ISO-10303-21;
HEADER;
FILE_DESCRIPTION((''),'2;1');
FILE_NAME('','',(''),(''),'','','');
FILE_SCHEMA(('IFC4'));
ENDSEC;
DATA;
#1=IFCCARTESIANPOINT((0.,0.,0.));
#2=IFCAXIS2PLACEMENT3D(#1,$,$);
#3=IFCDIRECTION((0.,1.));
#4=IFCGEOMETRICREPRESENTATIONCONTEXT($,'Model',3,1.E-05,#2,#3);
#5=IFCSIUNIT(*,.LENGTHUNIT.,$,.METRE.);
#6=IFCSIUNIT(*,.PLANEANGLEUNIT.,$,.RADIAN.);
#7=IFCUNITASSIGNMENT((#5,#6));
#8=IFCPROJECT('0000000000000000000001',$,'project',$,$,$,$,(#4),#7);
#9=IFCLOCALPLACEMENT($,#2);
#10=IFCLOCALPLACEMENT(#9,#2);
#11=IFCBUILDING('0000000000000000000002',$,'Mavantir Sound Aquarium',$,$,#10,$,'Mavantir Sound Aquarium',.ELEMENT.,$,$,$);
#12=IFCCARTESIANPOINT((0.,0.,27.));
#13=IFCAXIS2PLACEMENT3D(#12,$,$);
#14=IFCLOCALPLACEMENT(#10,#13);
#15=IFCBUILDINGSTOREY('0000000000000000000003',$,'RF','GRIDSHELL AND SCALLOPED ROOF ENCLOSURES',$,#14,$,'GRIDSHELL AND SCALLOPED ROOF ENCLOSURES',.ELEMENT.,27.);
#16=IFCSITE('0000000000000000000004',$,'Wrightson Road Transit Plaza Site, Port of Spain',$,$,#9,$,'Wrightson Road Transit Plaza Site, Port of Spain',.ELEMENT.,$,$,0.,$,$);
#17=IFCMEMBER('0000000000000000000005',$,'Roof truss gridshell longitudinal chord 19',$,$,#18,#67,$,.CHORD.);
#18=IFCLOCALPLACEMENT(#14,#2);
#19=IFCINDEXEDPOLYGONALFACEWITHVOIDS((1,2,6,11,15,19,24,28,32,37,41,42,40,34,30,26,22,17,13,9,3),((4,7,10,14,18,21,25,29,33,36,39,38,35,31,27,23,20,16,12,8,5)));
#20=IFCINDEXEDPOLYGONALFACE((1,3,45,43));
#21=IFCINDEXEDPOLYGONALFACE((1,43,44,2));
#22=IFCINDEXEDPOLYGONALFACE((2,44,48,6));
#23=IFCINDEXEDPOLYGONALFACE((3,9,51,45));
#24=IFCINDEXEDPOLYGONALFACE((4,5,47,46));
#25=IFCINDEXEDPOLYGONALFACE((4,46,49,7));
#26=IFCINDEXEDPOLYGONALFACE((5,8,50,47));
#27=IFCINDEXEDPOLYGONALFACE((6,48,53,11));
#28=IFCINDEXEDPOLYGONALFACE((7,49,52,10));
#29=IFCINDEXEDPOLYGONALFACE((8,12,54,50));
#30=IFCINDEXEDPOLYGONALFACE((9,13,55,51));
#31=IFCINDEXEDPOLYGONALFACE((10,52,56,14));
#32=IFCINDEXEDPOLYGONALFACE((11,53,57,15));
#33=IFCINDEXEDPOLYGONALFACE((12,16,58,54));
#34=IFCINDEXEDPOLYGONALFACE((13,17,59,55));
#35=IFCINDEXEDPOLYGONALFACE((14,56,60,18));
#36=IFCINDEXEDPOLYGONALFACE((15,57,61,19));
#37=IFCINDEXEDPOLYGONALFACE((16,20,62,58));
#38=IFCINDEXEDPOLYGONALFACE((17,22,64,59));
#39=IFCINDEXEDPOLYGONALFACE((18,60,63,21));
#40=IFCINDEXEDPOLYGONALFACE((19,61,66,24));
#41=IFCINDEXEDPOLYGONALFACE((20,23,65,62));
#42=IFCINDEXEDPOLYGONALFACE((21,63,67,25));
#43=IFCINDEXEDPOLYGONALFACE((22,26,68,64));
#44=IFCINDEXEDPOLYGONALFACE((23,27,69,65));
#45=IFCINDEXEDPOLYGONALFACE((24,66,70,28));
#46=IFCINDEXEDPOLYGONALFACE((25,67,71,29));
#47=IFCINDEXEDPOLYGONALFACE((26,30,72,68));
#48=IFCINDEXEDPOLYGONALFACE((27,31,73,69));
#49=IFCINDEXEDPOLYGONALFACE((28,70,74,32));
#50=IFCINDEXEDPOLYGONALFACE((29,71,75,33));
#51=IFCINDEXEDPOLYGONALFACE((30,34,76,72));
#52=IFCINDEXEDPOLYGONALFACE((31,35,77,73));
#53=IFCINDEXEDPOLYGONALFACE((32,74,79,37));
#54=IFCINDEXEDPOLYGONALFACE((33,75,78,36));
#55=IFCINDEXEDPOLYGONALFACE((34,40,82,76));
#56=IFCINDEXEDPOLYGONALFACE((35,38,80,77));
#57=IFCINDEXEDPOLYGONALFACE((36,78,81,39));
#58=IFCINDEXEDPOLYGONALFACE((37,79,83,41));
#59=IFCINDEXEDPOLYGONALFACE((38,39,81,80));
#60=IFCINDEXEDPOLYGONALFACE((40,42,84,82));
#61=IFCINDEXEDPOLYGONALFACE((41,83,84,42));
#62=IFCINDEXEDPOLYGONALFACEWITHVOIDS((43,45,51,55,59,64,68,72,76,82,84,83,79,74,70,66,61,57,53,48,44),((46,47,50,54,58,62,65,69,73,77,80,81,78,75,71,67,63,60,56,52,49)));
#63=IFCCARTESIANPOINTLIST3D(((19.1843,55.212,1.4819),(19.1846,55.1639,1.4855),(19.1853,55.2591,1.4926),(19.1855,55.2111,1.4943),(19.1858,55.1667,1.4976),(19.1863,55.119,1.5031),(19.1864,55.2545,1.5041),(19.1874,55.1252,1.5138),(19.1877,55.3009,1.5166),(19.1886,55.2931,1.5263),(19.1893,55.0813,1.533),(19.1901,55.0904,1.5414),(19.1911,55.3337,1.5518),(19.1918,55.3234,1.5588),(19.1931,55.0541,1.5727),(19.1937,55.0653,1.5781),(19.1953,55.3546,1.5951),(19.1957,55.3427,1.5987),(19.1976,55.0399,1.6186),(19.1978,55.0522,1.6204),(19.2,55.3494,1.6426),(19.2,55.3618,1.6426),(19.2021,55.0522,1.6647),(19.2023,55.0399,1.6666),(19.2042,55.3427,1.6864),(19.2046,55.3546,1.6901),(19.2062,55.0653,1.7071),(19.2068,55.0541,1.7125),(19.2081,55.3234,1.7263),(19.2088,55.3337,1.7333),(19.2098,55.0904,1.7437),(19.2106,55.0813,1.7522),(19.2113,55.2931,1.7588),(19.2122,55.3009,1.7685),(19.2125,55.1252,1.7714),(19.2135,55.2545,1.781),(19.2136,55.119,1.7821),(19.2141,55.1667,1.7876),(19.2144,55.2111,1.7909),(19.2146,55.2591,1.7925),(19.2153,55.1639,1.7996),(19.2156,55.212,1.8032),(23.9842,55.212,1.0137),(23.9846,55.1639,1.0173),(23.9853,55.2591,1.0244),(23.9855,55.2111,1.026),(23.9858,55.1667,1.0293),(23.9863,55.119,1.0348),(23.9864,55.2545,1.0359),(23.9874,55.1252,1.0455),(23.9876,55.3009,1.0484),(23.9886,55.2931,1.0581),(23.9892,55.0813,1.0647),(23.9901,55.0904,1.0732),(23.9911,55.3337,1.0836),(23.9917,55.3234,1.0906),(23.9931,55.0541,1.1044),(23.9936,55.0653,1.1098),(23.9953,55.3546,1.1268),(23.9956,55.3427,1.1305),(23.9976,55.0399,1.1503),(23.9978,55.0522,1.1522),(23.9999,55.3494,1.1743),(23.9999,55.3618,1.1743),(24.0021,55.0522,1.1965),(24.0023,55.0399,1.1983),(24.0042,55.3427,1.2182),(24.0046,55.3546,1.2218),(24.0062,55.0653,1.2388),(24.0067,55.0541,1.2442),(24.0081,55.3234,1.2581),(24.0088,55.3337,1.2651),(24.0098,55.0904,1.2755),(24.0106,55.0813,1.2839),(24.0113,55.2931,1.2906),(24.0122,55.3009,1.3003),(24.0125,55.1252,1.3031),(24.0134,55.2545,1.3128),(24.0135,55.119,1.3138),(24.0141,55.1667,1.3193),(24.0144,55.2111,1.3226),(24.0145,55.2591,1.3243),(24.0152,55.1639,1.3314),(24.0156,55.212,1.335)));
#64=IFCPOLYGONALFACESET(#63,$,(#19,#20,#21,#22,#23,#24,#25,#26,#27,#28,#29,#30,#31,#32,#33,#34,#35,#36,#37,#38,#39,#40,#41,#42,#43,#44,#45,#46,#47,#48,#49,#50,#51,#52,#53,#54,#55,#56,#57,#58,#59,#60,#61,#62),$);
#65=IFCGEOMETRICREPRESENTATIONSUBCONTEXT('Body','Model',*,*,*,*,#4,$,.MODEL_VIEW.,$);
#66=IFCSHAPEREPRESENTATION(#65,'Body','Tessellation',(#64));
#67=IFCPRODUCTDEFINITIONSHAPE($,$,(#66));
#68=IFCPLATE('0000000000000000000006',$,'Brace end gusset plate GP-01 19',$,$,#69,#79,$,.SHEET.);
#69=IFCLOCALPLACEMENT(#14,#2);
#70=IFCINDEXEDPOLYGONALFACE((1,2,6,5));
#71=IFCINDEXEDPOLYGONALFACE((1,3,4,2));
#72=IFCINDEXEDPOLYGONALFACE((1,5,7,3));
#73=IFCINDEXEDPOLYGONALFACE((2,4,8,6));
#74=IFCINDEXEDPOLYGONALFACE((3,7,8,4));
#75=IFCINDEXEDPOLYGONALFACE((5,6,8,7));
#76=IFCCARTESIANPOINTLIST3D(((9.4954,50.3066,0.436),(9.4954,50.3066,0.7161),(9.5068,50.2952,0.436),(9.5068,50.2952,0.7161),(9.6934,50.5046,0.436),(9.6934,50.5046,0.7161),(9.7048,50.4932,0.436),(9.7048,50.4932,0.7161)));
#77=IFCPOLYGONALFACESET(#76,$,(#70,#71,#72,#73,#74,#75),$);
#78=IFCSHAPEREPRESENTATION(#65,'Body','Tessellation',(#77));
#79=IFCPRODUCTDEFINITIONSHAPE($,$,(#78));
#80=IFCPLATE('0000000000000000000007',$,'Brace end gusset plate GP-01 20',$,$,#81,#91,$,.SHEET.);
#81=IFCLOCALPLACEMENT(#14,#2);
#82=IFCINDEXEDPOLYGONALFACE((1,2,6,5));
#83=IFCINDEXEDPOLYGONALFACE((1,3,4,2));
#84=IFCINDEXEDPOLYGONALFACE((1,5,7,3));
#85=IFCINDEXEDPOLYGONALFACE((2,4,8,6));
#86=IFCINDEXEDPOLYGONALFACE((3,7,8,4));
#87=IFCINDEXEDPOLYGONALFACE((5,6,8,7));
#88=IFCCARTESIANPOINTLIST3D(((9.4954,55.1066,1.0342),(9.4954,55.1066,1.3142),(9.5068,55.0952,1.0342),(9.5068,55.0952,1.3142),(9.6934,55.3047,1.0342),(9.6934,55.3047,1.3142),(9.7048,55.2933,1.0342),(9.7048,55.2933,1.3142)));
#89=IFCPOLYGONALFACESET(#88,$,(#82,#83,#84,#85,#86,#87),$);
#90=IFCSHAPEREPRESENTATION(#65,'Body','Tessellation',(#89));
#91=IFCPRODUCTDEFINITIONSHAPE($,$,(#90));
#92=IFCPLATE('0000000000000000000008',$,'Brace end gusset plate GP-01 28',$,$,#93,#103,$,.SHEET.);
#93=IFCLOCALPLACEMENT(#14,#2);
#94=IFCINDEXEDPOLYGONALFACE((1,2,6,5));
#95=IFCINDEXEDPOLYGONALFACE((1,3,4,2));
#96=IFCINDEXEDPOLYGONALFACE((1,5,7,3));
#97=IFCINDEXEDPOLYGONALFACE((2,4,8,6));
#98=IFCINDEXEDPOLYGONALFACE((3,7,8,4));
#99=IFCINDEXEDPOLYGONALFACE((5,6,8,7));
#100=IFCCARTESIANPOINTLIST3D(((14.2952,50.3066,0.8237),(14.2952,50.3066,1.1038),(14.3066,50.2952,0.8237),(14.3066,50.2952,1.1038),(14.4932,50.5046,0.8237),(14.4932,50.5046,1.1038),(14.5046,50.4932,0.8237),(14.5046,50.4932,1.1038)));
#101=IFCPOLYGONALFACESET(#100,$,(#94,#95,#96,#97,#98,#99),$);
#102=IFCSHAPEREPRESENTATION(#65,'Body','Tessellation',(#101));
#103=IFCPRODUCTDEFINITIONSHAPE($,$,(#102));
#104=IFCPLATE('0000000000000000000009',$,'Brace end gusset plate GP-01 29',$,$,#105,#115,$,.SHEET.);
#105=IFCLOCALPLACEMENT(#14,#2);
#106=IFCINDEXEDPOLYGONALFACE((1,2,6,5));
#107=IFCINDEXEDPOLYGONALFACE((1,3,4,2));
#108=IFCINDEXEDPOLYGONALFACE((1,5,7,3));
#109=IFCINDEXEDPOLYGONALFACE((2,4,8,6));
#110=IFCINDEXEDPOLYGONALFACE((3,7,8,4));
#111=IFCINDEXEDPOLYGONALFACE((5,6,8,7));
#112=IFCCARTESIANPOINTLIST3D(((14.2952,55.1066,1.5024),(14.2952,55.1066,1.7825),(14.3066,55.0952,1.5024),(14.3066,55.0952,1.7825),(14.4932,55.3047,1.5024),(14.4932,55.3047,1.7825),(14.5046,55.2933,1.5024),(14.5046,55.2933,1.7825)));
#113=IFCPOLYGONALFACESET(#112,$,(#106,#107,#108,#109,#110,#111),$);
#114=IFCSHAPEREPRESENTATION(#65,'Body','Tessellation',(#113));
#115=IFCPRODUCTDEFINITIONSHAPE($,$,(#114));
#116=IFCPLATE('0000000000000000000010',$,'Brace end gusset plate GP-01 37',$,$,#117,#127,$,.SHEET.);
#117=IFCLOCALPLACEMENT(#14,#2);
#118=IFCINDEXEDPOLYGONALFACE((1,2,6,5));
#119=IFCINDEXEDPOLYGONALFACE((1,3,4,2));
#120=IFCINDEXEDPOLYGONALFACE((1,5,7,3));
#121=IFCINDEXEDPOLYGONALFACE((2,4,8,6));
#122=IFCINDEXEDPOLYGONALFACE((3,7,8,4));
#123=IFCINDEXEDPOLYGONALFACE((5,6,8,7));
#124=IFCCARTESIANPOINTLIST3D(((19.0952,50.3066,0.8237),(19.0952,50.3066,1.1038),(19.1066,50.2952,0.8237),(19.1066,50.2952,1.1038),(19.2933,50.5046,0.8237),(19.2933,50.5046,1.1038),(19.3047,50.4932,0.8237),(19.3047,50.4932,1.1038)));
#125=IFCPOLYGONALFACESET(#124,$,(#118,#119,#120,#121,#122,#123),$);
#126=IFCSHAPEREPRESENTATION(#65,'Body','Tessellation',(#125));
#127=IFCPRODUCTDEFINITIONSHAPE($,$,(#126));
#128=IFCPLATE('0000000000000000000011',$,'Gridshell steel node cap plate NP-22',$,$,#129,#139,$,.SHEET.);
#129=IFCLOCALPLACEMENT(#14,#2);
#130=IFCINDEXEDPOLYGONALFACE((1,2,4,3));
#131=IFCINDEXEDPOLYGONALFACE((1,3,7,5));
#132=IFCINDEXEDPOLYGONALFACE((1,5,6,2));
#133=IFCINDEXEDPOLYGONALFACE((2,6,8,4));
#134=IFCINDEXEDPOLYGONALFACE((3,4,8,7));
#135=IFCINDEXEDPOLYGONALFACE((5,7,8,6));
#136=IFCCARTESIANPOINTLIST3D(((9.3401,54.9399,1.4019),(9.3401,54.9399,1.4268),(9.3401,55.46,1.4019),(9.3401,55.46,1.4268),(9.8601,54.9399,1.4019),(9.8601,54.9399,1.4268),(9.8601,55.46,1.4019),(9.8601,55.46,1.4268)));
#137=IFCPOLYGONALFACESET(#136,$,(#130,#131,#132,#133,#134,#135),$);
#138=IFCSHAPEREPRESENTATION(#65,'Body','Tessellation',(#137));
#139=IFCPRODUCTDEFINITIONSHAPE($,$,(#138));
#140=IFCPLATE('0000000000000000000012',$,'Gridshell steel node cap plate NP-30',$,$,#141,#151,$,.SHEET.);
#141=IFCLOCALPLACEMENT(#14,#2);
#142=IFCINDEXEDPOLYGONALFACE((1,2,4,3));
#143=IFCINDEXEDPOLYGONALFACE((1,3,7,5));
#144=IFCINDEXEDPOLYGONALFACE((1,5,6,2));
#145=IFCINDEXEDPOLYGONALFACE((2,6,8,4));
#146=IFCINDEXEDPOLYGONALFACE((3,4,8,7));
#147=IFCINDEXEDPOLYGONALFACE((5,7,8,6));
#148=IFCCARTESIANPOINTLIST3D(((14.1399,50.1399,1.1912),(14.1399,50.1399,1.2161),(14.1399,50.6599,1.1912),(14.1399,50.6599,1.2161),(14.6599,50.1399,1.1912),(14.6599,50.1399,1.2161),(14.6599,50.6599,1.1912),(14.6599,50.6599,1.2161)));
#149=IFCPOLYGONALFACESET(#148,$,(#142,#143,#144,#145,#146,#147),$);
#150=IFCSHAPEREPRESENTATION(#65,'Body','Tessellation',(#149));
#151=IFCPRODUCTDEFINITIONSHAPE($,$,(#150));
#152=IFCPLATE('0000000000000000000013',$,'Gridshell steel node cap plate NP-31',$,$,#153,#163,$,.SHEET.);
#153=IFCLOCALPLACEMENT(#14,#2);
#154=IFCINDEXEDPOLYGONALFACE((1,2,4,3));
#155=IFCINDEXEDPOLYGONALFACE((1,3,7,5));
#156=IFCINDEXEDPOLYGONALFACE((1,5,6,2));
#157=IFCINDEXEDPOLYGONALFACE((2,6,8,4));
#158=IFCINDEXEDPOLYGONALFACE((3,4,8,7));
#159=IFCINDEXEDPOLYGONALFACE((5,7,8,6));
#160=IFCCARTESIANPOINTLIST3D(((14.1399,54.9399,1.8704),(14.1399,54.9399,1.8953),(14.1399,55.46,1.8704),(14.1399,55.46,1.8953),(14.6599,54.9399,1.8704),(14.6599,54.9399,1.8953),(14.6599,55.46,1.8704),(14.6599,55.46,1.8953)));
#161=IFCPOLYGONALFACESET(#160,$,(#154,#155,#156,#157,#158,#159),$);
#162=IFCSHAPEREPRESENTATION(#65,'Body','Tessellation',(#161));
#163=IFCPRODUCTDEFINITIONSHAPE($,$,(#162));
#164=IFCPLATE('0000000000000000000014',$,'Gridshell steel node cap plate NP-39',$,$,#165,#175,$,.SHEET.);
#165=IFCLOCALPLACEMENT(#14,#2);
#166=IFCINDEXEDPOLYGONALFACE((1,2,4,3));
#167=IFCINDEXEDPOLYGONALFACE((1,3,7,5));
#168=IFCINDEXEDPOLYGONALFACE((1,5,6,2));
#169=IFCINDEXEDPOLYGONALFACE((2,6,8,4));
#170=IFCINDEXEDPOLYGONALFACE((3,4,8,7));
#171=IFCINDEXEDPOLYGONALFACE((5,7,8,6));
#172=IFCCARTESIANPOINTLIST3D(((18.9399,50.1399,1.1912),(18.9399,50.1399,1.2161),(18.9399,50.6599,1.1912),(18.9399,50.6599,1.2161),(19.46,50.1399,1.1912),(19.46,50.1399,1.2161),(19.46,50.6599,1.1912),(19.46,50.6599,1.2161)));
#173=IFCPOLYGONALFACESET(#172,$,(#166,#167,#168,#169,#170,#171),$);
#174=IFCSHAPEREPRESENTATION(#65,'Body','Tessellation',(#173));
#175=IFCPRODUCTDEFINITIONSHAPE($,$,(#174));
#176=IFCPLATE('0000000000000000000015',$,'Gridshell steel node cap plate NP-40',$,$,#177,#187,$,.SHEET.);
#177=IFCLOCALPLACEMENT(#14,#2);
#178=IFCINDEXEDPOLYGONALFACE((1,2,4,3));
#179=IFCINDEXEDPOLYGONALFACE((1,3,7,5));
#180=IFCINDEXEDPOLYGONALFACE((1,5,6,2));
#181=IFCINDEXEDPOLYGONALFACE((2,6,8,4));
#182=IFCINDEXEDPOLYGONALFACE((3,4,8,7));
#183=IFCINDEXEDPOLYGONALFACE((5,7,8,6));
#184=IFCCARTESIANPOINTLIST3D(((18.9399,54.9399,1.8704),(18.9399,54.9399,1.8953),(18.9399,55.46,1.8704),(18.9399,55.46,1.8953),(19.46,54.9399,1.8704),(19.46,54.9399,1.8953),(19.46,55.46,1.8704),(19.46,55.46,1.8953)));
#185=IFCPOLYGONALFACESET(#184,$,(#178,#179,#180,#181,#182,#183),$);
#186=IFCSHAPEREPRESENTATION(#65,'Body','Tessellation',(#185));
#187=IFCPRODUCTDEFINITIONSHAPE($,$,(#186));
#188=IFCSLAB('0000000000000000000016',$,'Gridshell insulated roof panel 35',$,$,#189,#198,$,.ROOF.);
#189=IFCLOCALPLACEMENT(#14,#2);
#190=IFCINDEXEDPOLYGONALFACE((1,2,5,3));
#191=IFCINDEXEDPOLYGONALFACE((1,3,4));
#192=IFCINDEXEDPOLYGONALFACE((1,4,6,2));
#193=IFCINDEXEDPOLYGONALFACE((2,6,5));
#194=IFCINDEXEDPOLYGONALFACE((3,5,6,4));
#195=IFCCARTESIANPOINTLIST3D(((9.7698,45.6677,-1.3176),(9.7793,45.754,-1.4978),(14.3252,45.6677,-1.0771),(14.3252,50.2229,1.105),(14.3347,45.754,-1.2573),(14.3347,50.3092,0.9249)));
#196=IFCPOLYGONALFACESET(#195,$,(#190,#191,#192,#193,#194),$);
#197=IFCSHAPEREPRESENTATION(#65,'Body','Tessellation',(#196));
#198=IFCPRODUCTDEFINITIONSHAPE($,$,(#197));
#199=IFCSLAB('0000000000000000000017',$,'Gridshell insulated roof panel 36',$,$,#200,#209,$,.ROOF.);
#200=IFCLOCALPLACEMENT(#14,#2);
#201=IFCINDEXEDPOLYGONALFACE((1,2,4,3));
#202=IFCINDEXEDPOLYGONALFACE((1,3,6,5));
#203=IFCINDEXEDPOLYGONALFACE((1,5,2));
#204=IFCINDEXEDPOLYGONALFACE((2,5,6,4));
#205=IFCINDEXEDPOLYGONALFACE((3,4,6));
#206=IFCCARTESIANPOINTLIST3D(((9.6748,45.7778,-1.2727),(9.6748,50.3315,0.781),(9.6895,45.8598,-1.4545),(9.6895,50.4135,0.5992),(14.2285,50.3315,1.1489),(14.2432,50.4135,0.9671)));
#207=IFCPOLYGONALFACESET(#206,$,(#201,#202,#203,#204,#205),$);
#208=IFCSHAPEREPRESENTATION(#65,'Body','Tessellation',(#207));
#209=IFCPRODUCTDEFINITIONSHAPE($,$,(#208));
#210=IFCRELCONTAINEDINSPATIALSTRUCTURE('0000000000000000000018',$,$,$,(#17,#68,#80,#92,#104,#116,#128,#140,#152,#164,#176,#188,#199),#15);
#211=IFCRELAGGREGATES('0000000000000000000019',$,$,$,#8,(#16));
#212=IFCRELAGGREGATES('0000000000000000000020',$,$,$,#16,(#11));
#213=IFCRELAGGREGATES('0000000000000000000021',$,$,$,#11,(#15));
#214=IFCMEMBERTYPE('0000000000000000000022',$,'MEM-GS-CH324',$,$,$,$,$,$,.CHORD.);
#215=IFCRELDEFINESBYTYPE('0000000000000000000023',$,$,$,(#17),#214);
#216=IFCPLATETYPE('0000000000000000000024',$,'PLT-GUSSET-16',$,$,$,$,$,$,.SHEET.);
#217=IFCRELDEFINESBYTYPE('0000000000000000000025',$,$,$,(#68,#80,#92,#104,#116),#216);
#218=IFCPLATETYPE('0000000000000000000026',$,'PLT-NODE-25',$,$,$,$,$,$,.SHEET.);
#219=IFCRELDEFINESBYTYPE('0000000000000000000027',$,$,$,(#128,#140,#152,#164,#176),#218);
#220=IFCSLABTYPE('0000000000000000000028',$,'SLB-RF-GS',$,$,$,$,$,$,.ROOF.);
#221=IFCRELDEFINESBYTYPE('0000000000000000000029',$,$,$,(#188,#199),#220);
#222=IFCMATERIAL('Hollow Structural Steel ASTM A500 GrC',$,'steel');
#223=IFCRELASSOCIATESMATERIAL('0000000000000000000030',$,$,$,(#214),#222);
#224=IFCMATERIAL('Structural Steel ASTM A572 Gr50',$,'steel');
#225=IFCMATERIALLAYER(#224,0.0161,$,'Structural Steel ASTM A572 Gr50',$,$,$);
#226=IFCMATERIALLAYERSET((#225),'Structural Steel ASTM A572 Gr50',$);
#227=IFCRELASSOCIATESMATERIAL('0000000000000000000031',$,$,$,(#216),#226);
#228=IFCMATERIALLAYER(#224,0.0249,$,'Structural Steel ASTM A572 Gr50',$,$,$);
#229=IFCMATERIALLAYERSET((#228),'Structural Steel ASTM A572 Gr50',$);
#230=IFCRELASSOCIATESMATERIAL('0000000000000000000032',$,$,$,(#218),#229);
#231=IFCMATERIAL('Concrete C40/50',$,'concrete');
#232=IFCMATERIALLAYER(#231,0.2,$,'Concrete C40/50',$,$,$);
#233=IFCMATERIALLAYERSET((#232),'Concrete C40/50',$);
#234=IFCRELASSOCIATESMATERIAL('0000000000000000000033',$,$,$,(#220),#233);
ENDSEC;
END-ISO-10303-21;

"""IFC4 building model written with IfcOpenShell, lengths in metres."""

from ifc_helpers import new_model, si_unit, direction, frame, origin, origin_2d, place, context, subcontext, project, spatial, polyline, rectangle, hollow_circle, outline, extrude, material, layer, layer_set, material_profile, profile_set, type_object, element, save


model = new_model("IFC4")

# Units and contexts
model_context = context("Model", 3, precision=1e-05, world=origin(), true_north=direction((0.0, 1.0)))
body_context = subcontext(model_context, "Body", "Model", "MODEL_VIEW")
ifc_project = project(units=[si_unit("LENGTHUNIT", "METRE"), si_unit("PLANEANGLEUNIT", "RADIAN")], contexts=[model_context])

# Site, building, storey
site_placement = place(None, origin())
site = spatial("IfcSite", under=ifc_project, at=site_placement, Name="Wrightson Road Transit Plaza Site, Port of Spain", LongName="Wrightson Road Transit Plaza Site, Port of Spain", CompositionType="ELEMENT", RefElevation=0.0)
building_placement = place(site_placement, origin())
building = spatial("IfcBuilding", under=site, at=building_placement, Name="Mavantir Sound Aquarium", LongName="Mavantir Sound Aquarium", CompositionType="ELEMENT")
storey_placement = place(building_placement, frame((0.0, 0.0, 27.0)))
storey = spatial("IfcBuildingStorey", under=building, at=storey_placement, Name="RF", Description="GRIDSHELL AND SCALLOPED ROOF ENCLOSURES", LongName="GRIDSHELL AND SCALLOPED ROOF ENCLOSURES", CompositionType="ELEMENT", Elevation=27.0)

# Member
ifc_material_1 = material(Name="Hollow Structural Steel ASTM A500 GrC", Category="steel")
ifc_material_profile_1 = material_profile(ifc_material_1, hollow_circle(Radius=0.1619, WallThickness=0.0125, at=origin_2d()), Name="CHS 323.9X12.5")
ifc_profile_set_1 = profile_set([ifc_material_profile_1], Name="Hollow Structural Steel ASTM A500 GrC")
member_type_1 = type_object("IfcMemberType", Name="MEM-GS-CH324", PredefinedType="CHORD", material=ifc_profile_set_1)
member_1_placement = place(storey_placement, frame((19.2, 55.2, 1.6426), z_axis=(0.995275, 0.0, -0.097093), x_axis=(0.0, 1.0, 0.0)))
element("IfcMember", 1, at=member_1_placement, inside=storey, type_object=member_type_1, Name="Roof truss gridshell longitudinal chord 19", PredefinedType="CHORD", context=body_context, shape_type="SweptSolid", body=[
    extrude(hollow_circle(Radius=0.1619, WallThickness=0.0125, at=origin_2d()), origin(), (0.0, 0.0, 1.0), 4.8228),
])

# Plates
ifc_material_2 = material(Name="Structural Steel ASTM A572 Gr50", Category="steel")
ifc_layer_1 = layer(ifc_material_2, 0.0161, Name="Structural Steel ASTM A572 Gr50")
ifc_layer_set_1 = layer_set([ifc_layer_1], Name="Structural Steel ASTM A572 Gr50")
plate_type_1 = type_object("IfcPlateType", Name="PLT-GUSSET-16", PredefinedType="SHEET", material=ifc_layer_set_1)
for number, where, z_axis, x_axis, name in (
    (2, (9.6001, 50.3999, 0.436), (0.0, 0.0, 1.0), (0.707107, 0.707107, 0.0), "Brace end gusset plate GP-01 19"),
    (3, (9.6001, 55.2, 1.0342), (0.0, 0.0, 1.0), (0.707107, 0.707107, 0.0), "Brace end gusset plate GP-01 20"),
    (4, (14.3999, 50.3999, 0.8237), (0.0, 0.0, 1.0), (0.707107, 0.707107, 0.0), "Brace end gusset plate GP-01 28"),
    (5, (14.3999, 55.2, 1.5024), (0.0, 0.0, 1.0), (0.707107, 0.707107, 0.0), "Brace end gusset plate GP-01 29"),
    (6, (19.2, 50.3999, 0.8237), (0.0, 0.0, 1.0), (0.707107, 0.707107, 0.0), "Brace end gusset plate GP-01 37"),
):
    element("IfcPlate", number, at=place(storey_placement, frame(where, z_axis=z_axis, x_axis=x_axis)), inside=storey, type_object=plate_type_1, Name=name, PredefinedType="SHEET", context=body_context, shape_type="SweptSolid", body=[
        extrude(rectangle(XDim=0.28, YDim=0.0161, at=origin_2d()), origin(), (0.0, 0.0, 1.0), 0.28),
    ])
ifc_layer_2 = layer(ifc_material_2, 0.0249, Name="Structural Steel ASTM A572 Gr50")
ifc_layer_set_2 = layer_set([ifc_layer_2], Name="Structural Steel ASTM A572 Gr50")
plate_type_2 = type_object("IfcPlateType", Name="PLT-NODE-25", PredefinedType="SHEET", material=ifc_layer_set_2)
for number, where, z_axis, x_axis, name in (
    (7, (9.6001, 55.2, 1.4019), (0.0, 0.0, 1.0), (1.0, 0.0, 0.0), "Gridshell steel node cap plate NP-22"),
    (8, (14.3999, 50.3999, 1.1912), (0.0, 0.0, 1.0), (1.0, 0.0, 0.0), "Gridshell steel node cap plate NP-30"),
    (9, (14.3999, 55.2, 1.8704), (0.0, 0.0, 1.0), (1.0, 0.0, 0.0), "Gridshell steel node cap plate NP-31"),
    (10, (19.2, 50.3999, 1.1912), (0.0, 0.0, 1.0), (1.0, 0.0, 0.0), "Gridshell steel node cap plate NP-39"),
    (11, (19.2, 55.2, 1.8704), (0.0, 0.0, 1.0), (1.0, 0.0, 0.0), "Gridshell steel node cap plate NP-40"),
):
    element("IfcPlate", number, at=place(storey_placement, frame(where, z_axis=z_axis, x_axis=x_axis)), inside=storey, type_object=plate_type_2, Name=name, PredefinedType="SHEET", context=body_context, shape_type="SweptSolid", body=[
        extrude(rectangle(XDim=0.52, YDim=0.52, at=origin_2d()), origin(), (0.0, 0.0, 1.0), 0.0249),
    ])

# Slabs
ifc_material_3 = material(Name="Concrete C40/50", Category="concrete")
ifc_layer_3 = layer(ifc_material_3, 0.2, Name="Concrete C40/50")
ifc_layer_set_3 = layer_set([ifc_layer_3], Name="Concrete C40/50")
slab_type = type_object("IfcSlabType", Name="SLB-RF-GS", PredefinedType="ROOF", material=ifc_layer_set_3)
slab_1_placement = place(storey_placement, frame((9.7698, 45.6677, -1.3176), z_axis=(-0.047555, -0.431541, 0.900839), x_axis=(0.99861, 0.0, 0.052716)))
element("IfcSlab", 12, at=slab_1_placement, inside=storey, type_object=slab_type, Name="Gridshell insulated roof panel 35", PredefinedType="ROOF", context=body_context, shape_type="SweptSolid", body=[
    extrude(outline(polyline([(0.0, 0.0), (4.5618, 0.0), (4.6768, 5.0496), (0.0, 0.0)])), origin(), (0.0, 0.0, -1.0), 0.2),
])
slab_2_placement = place(storey_placement, frame((9.6748, 45.7778, -1.2727), z_axis=(-0.073453, -0.41001, 0.909119), x_axis=(0.661859, 0.661859, 0.351972)))
element("IfcSlab", 13, at=slab_2_placement, inside=storey, type_object=slab_type, Name="Gridshell insulated roof panel 36", PredefinedType="ROOF", context=body_context, shape_type="SweptSolid", body=[
    extrude(outline(polyline([(0.0, 0.0), (6.8802, 0.0), (3.7368, 3.3152), (0.0, 0.0)])), origin(), (0.0, 0.0, -1.0), 0.2),
])

save(model, "model.ifc")
